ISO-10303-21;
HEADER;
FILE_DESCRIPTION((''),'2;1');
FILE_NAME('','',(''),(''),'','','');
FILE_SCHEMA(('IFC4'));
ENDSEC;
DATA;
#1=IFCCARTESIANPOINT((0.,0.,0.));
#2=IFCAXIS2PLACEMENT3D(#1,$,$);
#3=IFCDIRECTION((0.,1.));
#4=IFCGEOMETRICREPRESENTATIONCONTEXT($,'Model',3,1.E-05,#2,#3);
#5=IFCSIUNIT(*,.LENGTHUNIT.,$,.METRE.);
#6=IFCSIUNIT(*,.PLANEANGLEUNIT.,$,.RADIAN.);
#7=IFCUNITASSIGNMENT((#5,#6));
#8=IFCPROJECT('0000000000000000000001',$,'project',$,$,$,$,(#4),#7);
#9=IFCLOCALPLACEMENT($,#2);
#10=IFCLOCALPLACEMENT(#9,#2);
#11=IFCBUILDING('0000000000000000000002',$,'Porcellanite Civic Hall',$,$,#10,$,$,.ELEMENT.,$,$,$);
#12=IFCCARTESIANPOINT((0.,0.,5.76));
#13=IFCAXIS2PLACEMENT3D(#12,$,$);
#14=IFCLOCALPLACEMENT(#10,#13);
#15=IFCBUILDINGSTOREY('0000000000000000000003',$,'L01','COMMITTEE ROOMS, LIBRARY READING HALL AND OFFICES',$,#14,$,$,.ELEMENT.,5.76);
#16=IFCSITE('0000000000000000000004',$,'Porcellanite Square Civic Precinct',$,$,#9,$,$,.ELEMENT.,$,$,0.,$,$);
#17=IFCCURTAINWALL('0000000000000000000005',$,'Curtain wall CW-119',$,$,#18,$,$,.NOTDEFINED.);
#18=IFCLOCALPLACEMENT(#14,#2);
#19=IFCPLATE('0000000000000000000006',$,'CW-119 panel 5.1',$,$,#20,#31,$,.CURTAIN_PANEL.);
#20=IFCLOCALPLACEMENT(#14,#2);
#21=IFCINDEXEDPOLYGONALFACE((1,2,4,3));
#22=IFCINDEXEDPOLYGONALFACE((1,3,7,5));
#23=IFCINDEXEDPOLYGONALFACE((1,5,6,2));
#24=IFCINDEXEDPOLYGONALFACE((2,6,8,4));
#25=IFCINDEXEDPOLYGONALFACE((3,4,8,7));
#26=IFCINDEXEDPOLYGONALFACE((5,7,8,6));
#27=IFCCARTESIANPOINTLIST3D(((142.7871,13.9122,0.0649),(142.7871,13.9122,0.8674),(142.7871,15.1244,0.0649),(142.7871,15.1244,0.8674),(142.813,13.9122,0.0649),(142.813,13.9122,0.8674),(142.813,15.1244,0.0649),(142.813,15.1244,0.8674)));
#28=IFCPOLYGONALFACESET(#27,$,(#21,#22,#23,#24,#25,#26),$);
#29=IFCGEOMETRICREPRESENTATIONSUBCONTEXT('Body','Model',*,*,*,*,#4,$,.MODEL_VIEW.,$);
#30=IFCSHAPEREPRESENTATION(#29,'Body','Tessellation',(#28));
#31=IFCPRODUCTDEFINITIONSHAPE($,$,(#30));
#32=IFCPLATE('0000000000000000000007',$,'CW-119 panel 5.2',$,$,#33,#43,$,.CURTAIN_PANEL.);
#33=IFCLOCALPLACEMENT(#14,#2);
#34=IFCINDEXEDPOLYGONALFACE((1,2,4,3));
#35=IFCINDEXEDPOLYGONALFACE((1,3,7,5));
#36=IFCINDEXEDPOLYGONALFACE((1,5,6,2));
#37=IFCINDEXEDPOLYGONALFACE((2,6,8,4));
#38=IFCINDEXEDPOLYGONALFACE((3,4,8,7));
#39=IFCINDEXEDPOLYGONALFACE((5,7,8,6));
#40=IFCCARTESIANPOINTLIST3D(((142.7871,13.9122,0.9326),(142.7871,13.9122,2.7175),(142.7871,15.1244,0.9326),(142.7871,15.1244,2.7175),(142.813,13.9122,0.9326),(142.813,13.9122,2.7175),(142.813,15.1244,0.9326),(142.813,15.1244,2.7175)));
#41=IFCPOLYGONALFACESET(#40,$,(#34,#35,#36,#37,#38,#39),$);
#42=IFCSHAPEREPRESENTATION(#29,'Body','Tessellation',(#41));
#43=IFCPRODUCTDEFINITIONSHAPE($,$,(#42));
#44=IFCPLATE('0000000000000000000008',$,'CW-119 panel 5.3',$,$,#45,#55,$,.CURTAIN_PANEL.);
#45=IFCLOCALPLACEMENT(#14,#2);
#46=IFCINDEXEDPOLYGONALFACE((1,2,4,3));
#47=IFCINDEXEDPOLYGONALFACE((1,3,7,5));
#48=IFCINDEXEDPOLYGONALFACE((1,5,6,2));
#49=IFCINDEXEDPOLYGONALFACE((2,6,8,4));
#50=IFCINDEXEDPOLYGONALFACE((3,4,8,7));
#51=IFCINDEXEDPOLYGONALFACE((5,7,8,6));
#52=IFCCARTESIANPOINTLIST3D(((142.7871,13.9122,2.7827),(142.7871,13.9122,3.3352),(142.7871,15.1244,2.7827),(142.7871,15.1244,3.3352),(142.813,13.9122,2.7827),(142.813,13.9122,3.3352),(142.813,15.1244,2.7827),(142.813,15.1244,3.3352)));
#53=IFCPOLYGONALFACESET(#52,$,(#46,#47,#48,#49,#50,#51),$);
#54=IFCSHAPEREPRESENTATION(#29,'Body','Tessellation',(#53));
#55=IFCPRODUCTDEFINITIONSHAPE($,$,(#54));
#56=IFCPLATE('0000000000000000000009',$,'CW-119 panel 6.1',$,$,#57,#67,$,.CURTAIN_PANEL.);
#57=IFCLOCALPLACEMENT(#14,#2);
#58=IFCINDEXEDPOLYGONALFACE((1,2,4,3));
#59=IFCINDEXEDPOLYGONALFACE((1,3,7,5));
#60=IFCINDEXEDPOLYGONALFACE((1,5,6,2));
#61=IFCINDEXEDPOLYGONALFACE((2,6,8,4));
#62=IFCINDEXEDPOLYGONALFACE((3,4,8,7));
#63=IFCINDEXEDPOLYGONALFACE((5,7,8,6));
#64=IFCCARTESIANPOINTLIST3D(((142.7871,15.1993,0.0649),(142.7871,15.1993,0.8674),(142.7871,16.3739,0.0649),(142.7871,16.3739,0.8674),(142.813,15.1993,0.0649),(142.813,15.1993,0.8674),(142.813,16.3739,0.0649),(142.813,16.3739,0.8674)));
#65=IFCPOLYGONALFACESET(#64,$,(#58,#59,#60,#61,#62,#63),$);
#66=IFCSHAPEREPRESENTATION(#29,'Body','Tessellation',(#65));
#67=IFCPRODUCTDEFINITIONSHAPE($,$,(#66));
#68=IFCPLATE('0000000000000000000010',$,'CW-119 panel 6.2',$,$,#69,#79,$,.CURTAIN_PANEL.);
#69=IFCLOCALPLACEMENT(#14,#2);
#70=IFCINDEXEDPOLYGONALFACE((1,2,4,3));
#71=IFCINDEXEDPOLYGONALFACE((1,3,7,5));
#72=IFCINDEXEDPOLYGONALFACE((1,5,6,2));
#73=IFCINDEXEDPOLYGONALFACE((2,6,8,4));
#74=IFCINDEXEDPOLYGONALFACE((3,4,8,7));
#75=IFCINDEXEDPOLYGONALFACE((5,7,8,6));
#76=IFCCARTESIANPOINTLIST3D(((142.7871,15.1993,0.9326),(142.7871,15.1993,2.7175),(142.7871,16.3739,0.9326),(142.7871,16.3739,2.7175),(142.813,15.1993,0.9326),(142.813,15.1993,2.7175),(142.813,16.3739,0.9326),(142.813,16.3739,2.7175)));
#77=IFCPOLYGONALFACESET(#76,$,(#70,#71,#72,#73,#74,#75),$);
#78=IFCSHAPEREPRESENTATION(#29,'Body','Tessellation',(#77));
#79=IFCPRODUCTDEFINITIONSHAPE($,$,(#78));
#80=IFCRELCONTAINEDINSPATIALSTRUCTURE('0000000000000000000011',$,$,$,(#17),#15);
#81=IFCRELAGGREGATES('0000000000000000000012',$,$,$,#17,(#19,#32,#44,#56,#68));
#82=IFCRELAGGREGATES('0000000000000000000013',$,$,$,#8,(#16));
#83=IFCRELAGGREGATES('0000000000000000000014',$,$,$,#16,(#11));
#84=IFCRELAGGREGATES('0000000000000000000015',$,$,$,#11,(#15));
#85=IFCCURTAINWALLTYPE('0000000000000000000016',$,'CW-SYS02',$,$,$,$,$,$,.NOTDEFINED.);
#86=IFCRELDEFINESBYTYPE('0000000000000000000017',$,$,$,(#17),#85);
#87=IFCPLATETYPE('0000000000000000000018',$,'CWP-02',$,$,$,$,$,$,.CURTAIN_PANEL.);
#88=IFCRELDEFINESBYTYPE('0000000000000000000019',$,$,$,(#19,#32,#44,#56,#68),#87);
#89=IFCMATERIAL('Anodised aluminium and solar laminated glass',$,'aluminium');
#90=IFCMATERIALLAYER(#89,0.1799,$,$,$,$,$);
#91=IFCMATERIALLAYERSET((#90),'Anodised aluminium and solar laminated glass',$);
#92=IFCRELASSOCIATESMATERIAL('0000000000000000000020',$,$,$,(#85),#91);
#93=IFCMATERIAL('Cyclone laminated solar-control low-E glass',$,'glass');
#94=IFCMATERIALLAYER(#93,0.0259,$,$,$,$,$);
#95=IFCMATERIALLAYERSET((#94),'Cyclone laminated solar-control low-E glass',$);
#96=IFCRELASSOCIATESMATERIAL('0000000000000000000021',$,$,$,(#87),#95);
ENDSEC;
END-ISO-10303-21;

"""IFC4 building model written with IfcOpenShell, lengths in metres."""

from ifc_helpers import new_model, si_unit, direction, frame, origin, origin_2d, place, context, subcontext, project, spatial, rectangle, extrude, material, layer, layer_set, type_object, element, aggregate, save


model = new_model("IFC4")

# Units and contexts
model_context = context("Model", 3, precision=1e-05, world=origin(), true_north=direction((0.0, 1.0)))
body_context = subcontext(model_context, "Body", "Model", "MODEL_VIEW")
ifc_project = project(units=[si_unit("LENGTHUNIT", "METRE"), si_unit("PLANEANGLEUNIT", "RADIAN")], contexts=[model_context])

# Site, building, storey
site_placement = place(None, origin())
site = spatial("IfcSite", under=ifc_project, at=site_placement, Name="Porcellanite Square Civic Precinct", CompositionType="ELEMENT", RefElevation=0.0)
building_placement = place(site_placement, origin())
building = spatial("IfcBuilding", under=site, at=building_placement, Name="Porcellanite Civic Hall", CompositionType="ELEMENT")
storey_placement = place(building_placement, frame((0.0, 0.0, 5.76)))
storey = spatial("IfcBuildingStorey", under=building, at=storey_placement, Name="L01", Description="COMMITTEE ROOMS, LIBRARY READING HALL AND OFFICES", CompositionType="ELEMENT", Elevation=5.76)

# Curtain wall, plates
ifc_material_1 = material(Name="Anodised aluminium and solar laminated glass", Category="aluminium")
ifc_layer_1 = layer(ifc_material_1, 0.1799)
ifc_layer_set_1 = layer_set([ifc_layer_1], Name="Anodised aluminium and solar laminated glass")
curtain_wall_type = type_object("IfcCurtainWallType", Name="CW-SYS02", PredefinedType="NOTDEFINED", material=ifc_layer_set_1)
curtain_wall_placement = place(storey_placement, origin())
curtain_wall = element("IfcCurtainWall", 1, at=curtain_wall_placement, inside=storey, type_object=curtain_wall_type, Name="Curtain wall CW-119", PredefinedType="NOTDEFINED")
ifc_material_2 = material(Name="Cyclone laminated solar-control low-E glass", Category="glass")
ifc_layer_2 = layer(ifc_material_2, 0.0259)
ifc_layer_set_2 = layer_set([ifc_layer_2], Name="Cyclone laminated solar-control low-E glass")
plate_type = type_object("IfcPlateType", Name="CWP-02", PredefinedType="CURTAIN_PANEL", material=ifc_layer_set_2)
plate_1_placement = place(storey_placement, frame((142.8, 14.5183, 0.0649), z_axis=(0.0, 0.0, 1.0), x_axis=(0.0, 1.0, 0.0)))
plate_1 = element("IfcPlate", 2, at=plate_1_placement, type_object=plate_type, Name="CW-119 panel 5.1", PredefinedType="CURTAIN_PANEL", context=body_context, shape_type="SweptSolid", body=[
    extrude(rectangle(XDim=1.2122, YDim=0.0259, at=origin_2d()), origin(), (0.0, 0.0, 1.0), 0.8025),
])
plate_2_placement = place(storey_placement, frame((142.8, 14.5183, 0.9326), z_axis=(0.0, 0.0, 1.0), x_axis=(0.0, 1.0, 0.0)))
plate_2 = element("IfcPlate", 3, at=plate_2_placement, type_object=plate_type, Name="CW-119 panel 5.2", PredefinedType="CURTAIN_PANEL", context=body_context, shape_type="SweptSolid", body=[
    extrude(rectangle(XDim=1.2122, YDim=0.0259, at=origin_2d()), origin(), (0.0, 0.0, 1.0), 1.7849),
])
plate_3_placement = place(storey_placement, frame((142.8, 14.5183, 2.7827), z_axis=(0.0, 0.0, 1.0), x_axis=(0.0, 1.0, 0.0)))
plate_3 = element("IfcPlate", 4, at=plate_3_placement, type_object=plate_type, Name="CW-119 panel 5.3", PredefinedType="CURTAIN_PANEL", context=body_context, shape_type="SweptSolid", body=[
    extrude(rectangle(XDim=1.2122, YDim=0.0259, at=origin_2d()), origin(), (0.0, 0.0, 1.0), 0.5525),
])
plate_4_placement = place(storey_placement, frame((142.8, 15.7866, 0.0649), z_axis=(0.0, 0.0, 1.0), x_axis=(0.0, 1.0, 0.0)))
plate_4 = element("IfcPlate", 5, at=plate_4_placement, type_object=plate_type, Name="CW-119 panel 6.1", PredefinedType="CURTAIN_PANEL", context=body_context, shape_type="SweptSolid", body=[
    extrude(rectangle(XDim=1.1746, YDim=0.0259, at=origin_2d()), origin(), (0.0, 0.0, 1.0), 0.8025),
])
plate_5_placement = place(storey_placement, frame((142.8, 15.7866, 0.9326), z_axis=(0.0, 0.0, 1.0), x_axis=(0.0, 1.0, 0.0)))
plate_5 = element("IfcPlate", 6, at=plate_5_placement, type_object=plate_type, Name="CW-119 panel 6.2", PredefinedType="CURTAIN_PANEL", context=body_context, shape_type="SweptSolid", body=[
    extrude(rectangle(XDim=1.1746, YDim=0.0259, at=origin_2d()), origin(), (0.0, 0.0, 1.0), 1.7849),
])
aggregate(curtain_wall, [plate_1, plate_2, plate_3, plate_4, plate_5])

save(model, "model.ifc")
